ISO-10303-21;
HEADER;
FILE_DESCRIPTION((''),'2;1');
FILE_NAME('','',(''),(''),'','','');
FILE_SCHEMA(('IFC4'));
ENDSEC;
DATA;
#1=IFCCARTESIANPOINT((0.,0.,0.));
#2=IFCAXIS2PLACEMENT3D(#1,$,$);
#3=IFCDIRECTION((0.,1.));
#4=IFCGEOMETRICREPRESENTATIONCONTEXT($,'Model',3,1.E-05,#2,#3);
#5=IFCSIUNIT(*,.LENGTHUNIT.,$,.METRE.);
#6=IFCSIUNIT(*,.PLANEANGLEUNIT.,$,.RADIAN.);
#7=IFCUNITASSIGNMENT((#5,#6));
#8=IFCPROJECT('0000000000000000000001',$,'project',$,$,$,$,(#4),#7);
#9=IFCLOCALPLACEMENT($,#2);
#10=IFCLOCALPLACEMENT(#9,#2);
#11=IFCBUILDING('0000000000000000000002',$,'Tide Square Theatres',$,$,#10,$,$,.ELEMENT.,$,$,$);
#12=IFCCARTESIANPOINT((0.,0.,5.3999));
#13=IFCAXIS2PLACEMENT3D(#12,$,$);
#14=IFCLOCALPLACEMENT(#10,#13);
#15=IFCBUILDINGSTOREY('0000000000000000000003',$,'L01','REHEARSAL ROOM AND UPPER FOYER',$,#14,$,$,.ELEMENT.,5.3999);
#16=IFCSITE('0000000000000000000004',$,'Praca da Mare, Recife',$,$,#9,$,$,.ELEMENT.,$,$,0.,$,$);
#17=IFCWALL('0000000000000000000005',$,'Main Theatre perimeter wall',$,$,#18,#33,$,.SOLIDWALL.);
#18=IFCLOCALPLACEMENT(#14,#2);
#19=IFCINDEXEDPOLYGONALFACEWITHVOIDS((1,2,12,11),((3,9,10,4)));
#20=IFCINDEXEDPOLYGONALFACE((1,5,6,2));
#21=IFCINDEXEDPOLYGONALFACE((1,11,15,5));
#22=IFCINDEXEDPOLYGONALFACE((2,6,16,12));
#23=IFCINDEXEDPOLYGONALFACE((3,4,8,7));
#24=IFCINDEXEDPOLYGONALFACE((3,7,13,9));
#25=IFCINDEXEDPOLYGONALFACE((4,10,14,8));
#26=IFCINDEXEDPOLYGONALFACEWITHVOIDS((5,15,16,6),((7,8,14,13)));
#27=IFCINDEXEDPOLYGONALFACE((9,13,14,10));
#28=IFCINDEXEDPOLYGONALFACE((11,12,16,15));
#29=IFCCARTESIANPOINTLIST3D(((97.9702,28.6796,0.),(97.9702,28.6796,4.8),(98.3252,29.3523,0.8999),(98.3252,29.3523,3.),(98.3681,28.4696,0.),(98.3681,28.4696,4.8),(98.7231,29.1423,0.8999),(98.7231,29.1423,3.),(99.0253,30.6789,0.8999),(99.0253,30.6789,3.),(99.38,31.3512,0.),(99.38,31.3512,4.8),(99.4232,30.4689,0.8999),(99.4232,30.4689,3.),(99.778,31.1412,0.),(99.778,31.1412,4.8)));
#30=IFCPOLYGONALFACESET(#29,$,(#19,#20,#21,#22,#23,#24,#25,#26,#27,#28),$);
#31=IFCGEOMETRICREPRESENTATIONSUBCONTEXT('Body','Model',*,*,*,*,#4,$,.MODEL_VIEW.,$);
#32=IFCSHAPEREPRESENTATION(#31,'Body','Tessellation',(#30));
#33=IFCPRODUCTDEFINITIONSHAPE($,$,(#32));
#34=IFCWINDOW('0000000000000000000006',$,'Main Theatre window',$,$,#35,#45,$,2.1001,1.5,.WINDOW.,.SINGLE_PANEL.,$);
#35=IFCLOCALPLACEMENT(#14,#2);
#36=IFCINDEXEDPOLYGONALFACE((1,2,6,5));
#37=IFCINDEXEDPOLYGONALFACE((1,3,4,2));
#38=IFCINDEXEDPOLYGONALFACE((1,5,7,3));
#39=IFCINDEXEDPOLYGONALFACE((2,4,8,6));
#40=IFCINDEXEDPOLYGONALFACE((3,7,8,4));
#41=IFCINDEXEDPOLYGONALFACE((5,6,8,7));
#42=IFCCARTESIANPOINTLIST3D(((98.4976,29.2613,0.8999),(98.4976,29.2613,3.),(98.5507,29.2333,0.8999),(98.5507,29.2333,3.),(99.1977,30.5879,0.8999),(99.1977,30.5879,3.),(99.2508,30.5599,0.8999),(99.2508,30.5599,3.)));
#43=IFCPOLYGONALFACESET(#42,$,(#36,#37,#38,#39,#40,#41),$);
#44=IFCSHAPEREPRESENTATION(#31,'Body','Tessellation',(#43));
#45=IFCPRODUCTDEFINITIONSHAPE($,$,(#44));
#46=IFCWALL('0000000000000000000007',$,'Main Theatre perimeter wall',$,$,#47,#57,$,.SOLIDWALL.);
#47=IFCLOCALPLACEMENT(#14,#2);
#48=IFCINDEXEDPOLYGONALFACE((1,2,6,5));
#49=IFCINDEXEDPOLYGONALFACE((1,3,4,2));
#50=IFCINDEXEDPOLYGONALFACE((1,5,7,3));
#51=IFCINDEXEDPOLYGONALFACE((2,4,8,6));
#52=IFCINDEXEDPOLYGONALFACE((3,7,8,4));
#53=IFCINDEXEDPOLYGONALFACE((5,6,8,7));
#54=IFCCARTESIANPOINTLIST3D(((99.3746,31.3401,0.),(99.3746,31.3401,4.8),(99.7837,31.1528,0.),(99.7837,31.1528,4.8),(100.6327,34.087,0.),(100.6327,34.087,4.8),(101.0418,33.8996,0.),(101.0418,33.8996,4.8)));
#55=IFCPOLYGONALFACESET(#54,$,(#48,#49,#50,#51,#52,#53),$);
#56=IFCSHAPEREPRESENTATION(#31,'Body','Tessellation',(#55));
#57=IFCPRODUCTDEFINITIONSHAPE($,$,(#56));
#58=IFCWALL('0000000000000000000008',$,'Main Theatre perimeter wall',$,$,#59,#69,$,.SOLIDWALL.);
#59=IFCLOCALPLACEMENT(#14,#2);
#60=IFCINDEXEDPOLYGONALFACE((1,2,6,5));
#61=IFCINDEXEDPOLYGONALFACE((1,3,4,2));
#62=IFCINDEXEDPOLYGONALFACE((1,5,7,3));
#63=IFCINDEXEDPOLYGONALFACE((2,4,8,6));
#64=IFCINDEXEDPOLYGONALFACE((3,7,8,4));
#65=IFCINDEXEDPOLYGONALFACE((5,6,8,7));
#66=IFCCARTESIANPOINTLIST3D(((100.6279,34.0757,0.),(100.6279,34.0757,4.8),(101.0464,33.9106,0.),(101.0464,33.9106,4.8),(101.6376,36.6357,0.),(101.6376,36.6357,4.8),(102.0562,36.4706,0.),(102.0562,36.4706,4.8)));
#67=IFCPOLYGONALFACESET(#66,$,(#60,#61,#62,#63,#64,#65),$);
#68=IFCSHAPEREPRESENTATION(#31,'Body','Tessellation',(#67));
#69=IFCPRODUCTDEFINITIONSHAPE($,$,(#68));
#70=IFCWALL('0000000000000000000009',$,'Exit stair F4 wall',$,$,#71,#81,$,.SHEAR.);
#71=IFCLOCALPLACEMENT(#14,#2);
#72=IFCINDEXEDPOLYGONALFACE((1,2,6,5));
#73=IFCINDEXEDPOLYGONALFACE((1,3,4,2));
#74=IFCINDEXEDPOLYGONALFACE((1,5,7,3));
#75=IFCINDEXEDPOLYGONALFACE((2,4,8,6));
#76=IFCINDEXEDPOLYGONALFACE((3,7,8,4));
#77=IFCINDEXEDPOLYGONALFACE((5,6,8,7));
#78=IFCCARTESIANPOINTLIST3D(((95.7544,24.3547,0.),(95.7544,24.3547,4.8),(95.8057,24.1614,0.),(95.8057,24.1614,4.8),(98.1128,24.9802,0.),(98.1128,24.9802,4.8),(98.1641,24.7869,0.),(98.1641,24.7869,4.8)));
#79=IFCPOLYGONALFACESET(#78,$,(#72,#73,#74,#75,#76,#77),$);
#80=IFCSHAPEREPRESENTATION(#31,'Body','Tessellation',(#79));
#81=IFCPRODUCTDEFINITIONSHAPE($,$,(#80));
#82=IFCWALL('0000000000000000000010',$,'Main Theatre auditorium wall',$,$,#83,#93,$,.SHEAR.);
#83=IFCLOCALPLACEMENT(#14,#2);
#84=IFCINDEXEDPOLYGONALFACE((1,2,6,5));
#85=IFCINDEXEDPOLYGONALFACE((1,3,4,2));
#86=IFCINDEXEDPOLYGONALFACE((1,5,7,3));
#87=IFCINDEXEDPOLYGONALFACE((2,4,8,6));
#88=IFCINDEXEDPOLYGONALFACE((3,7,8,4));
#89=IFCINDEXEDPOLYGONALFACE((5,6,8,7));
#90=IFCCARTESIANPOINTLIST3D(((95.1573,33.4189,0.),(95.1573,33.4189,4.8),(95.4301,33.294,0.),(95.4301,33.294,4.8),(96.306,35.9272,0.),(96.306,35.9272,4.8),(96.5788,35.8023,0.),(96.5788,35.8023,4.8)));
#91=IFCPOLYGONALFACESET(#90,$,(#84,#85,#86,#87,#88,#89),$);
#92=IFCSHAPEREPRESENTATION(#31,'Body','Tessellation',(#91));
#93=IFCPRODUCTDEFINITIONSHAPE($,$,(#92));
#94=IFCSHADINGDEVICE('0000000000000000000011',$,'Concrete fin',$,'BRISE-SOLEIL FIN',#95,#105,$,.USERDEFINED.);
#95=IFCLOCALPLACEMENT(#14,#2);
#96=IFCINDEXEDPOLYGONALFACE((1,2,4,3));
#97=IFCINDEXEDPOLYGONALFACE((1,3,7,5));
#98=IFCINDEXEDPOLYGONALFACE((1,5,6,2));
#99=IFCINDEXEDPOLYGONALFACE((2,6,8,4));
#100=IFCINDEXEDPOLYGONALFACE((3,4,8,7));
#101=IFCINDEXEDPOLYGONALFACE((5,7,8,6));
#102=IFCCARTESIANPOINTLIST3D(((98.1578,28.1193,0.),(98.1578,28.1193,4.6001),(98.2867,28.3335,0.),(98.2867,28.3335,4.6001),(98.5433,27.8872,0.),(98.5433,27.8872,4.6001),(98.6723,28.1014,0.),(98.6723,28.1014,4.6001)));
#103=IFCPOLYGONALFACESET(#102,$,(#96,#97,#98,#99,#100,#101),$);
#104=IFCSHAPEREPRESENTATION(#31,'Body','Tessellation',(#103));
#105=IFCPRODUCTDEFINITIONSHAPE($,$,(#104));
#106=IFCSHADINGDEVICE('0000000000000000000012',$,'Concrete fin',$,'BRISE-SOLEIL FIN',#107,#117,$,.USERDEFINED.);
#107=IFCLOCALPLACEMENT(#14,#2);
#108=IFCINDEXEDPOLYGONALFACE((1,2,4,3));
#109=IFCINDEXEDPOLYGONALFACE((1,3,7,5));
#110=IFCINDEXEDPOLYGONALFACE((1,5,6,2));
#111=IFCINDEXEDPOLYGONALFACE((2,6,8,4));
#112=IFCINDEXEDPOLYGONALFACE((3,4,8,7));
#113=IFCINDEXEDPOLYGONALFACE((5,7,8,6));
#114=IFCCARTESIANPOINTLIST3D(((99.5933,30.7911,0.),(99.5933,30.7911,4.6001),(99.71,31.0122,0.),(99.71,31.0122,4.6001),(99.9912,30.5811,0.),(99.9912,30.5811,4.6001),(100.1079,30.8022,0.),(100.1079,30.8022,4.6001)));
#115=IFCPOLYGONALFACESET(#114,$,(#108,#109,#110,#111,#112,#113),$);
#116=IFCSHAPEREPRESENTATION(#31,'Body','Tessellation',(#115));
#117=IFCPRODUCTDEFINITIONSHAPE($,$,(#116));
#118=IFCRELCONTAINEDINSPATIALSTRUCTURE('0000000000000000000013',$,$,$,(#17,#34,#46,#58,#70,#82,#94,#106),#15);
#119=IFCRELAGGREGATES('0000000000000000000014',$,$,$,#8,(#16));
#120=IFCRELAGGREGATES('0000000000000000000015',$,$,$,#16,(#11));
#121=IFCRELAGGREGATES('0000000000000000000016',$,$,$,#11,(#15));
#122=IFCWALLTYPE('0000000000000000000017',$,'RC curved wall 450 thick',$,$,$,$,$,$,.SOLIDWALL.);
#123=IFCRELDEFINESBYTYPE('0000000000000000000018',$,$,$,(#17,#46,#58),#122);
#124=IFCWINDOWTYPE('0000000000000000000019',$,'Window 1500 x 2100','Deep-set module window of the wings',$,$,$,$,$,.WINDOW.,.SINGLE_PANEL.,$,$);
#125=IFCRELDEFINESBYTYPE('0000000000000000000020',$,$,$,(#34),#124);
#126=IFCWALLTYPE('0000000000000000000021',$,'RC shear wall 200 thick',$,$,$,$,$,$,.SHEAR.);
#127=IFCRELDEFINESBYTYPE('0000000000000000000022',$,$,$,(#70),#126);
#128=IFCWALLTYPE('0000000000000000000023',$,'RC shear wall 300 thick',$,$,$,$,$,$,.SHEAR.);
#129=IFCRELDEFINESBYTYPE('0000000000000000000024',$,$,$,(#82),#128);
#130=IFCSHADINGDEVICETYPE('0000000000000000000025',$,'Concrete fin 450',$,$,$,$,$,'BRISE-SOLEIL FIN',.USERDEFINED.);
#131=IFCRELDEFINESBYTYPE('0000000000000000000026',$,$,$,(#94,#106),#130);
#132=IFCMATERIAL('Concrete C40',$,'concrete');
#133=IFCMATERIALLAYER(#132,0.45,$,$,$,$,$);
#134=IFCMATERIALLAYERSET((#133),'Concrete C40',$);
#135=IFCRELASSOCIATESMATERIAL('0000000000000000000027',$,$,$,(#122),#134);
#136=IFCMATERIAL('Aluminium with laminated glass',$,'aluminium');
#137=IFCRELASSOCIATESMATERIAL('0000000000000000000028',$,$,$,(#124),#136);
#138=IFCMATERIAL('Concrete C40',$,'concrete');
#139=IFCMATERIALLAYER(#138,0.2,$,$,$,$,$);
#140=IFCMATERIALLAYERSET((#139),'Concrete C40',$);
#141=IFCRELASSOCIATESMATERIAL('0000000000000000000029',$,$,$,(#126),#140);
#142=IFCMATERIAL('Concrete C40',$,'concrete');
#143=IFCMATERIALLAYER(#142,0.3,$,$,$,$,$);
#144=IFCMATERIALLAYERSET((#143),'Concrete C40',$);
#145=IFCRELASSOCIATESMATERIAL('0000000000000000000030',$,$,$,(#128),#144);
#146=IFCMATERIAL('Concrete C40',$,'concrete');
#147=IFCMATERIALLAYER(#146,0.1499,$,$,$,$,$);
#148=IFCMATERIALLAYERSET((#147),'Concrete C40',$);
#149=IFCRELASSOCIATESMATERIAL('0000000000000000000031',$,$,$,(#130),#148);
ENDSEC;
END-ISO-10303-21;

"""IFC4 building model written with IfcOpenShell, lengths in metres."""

from ifc_helpers import new_model, si_unit, direction, frame, frame_2d, origin, origin_2d, place, context, subcontext, project, spatial, rectangle, extrude, material, layer, layer_set, type_object, element, fill, save


model = new_model("IFC4")

# Units and contexts
model_context = context("Model", 3, precision=1e-05, world=origin(), true_north=direction((0.0, 1.0)))
body_context = subcontext(model_context, "Body", "Model", "MODEL_VIEW")
ifc_project = project(units=[si_unit("LENGTHUNIT", "METRE"), si_unit("PLANEANGLEUNIT", "RADIAN")], contexts=[model_context])

# Site, building, storey
site_placement = place(None, origin())
site = spatial("IfcSite", under=ifc_project, at=site_placement, Name="Praca da Mare, Recife", CompositionType="ELEMENT", RefElevation=0.0)
building_placement = place(site_placement, origin())
building = spatial("IfcBuilding", under=site, at=building_placement, Name="Tide Square Theatres", CompositionType="ELEMENT")
storey_placement = place(building_placement, frame((0.0, 0.0, 5.3999)))
storey = spatial("IfcBuildingStorey", under=building, at=storey_placement, Name="L01", Description="REHEARSAL ROOM AND UPPER FOYER", CompositionType="ELEMENT", Elevation=5.3999)

# Wall, opening, window
ifc_material_1 = material(Name="Concrete C40", Category="concrete")
ifc_layer_1 = layer(ifc_material_1, 0.45)
ifc_layer_set_1 = layer_set([ifc_layer_1], Name="Concrete C40")
wall_type_1 = type_object("IfcWallType", Name="RC curved wall 450 thick", PredefinedType="SOLIDWALL", material=ifc_layer_set_1)
ifc_material_2 = material(Name="Aluminium with laminated glass", Category="aluminium")
window_type = type_object("IfcWindowType", Name="Window 1500 x 2100", Description="Deep-set module window of the wings", PartitioningType="SINGLE_PANEL", PredefinedType="WINDOW", material=ifc_material_2)
wall_1_placement = place(storey_placement, frame((98.1692, 28.5747, 0.0), z_axis=(0.0, 0.0, 1.0), x_axis=(0.466729, 0.884401, 0.0)))
wall_1 = element("IfcWall", 1, at=wall_1_placement, inside=storey, type_object=wall_type_1, Name="Main Theatre perimeter wall", PredefinedType="SOLIDWALL", context=body_context, shape_type="SweptSolid", body=[
    extrude(rectangle(XDim=3.0208, YDim=0.45, at=frame_2d((1.5103, 0.0))), origin(), (0.0, 0.0, 1.0), 4.8),
])
opening_1_placement = place(wall_1_placement, frame((0.7605, 0.0, 0.8999)))
opening_1 = element("IfcOpeningElement", 2, at=opening_1_placement, cuts=wall_1, PredefinedType="OPENING", context=body_context, shape_type="SweptSolid", body=[
    extrude(rectangle(XDim=1.5, YDim=2.1001, at=frame_2d((0.75, 1.05))), frame((0.0, 0.2349, 0.0), z_axis=(0.0, -1.0, 0.0), x_axis=(1.0, 0.0, 0.0)), (0.0, 0.0, 1.0), 0.47),
])
window_1_placement = place(opening_1_placement, origin())
window_1 = element("IfcWindow", 3, at=window_1_placement, inside=storey, type_object=window_type, Name="Main Theatre window", OverallHeight=2.1001, OverallWidth=1.5, PartitioningType="SINGLE_PANEL", PredefinedType="WINDOW", context=body_context, shape_type="SweptSolid", body=[
    extrude(rectangle(XDim=1.5, YDim=2.1001, at=frame_2d((0.75, 1.05))), frame((0.0, 0.03, 0.0), z_axis=(0.0, -1.0, 0.0), x_axis=(1.0, 0.0, 0.0)), (0.0, 0.0, 1.0), 0.0601),
])
fill(opening_1, window_1)

# Walls
wall_2_placement = place(storey_placement, frame((99.5791, 31.2463, 0.0), z_axis=(0.0, 0.0, 1.0), x_axis=(0.416407, 0.909178, 0.0)))
element("IfcWall", 4, at=wall_2_placement, inside=storey, type_object=wall_type_1, Name="Main Theatre perimeter wall", PredefinedType="SOLIDWALL", context=body_context, shape_type="SweptSolid", body=[
    extrude(rectangle(XDim=3.0212, YDim=0.45, at=frame_2d((1.5107, 0.0))), origin(), (0.0, 0.0, 1.0), 4.8),
])
wall_3_placement = place(storey_placement, frame((100.8372, 33.9932, 0.0), z_axis=(0.0, 0.0, 1.0), x_axis=(0.36692, 0.930252, 0.0)))
element("IfcWall", 5, at=wall_3_placement, inside=storey, type_object=wall_type_1, Name="Main Theatre perimeter wall", PredefinedType="SOLIDWALL", context=body_context, shape_type="SweptSolid", body=[
    extrude(rectangle(XDim=2.752, YDim=0.45, at=frame_2d((1.376, 0.0))), origin(), (0.0, 0.0, 1.0), 4.8),
])
ifc_material_3 = material(Name="Concrete C40", Category="concrete")
ifc_layer_2 = layer(ifc_material_3, 0.2)
ifc_layer_set_2 = layer_set([ifc_layer_2], Name="Concrete C40")
wall_type_2 = type_object("IfcWallType", Name="RC shear wall 200 thick", PredefinedType="SHEAR", material=ifc_layer_set_2)
wall_4_placement = place(storey_placement, frame((98.1384, 24.8835, 0.0), z_axis=(0.0, 0.0, 1.0), x_axis=(-0.966583, -0.256355, 0.0)))
element("IfcWall", 6, at=wall_4_placement, inside=storey, type_object=wall_type_2, Name="Exit stair F4 wall", PredefinedType="SHEAR", context=body_context, shape_type="SweptSolid", body=[
    extrude(rectangle(XDim=2.4399, YDim=0.2, at=frame_2d((1.22, 0.0))), origin(), (0.0, 0.0, 1.0), 4.8),
])
ifc_material_4 = material(Name="Concrete C40", Category="concrete")
ifc_layer_3 = layer(ifc_material_4, 0.3)
ifc_layer_set_3 = layer_set([ifc_layer_3], Name="Concrete C40")
wall_type_3 = type_object("IfcWallType", Name="RC shear wall 300 thick", PredefinedType="SHEAR", material=ifc_layer_set_3)
wall_5_placement = place(storey_placement, frame((95.2937, 33.3564, 0.0), z_axis=(0.0, 0.0, 1.0), x_axis=(0.416368, 0.909196, 0.0)))
element("IfcWall", 7, at=wall_5_placement, inside=storey, type_object=wall_type_3, Name="Main Theatre auditorium wall", PredefinedType="SHEAR", context=body_context, shape_type="SweptSolid", body=[
    extrude(rectangle(XDim=2.7588, YDim=0.3, at=frame_2d((1.3794, 0.0))), origin(), (0.0, 0.0, 1.0), 4.8),
])

# Shading devices
ifc_material_5 = material(Name="Concrete C40", Category="concrete")
ifc_layer_4 = layer(ifc_material_5, 0.1499)
ifc_layer_set_4 = layer_set([ifc_layer_4], Name="Concrete C40")
shading_device_type = type_object("IfcShadingDeviceType", Name="Concrete fin 450", ElementType="BRISE-SOLEIL FIN", PredefinedType="USERDEFINED", material=ifc_layer_set_4)
for number, where, z_axis, x_axis, name in (
    (8, (98.415, 28.1104, 0.0), (0.0, 0.0, 1.0), (0.515681, 0.856781, 0.0), "Concrete fin"),
    (9, (99.8506, 30.7966, 0.0), (0.0, 0.0, 1.0), (0.466757, 0.884386, 0.0), "Concrete fin"),
):
    element("IfcShadingDevice", number, at=place(storey_placement, frame(where, z_axis=z_axis, x_axis=x_axis)), inside=storey, type_object=shading_device_type, Name=name, ObjectType="BRISE-SOLEIL FIN", PredefinedType="USERDEFINED", context=body_context, shape_type="SweptSolid", body=[
        extrude(rectangle(XDim=0.25, YDim=0.45, at=origin_2d()), origin(), (0.0, 0.0, 1.0), 4.6001),
    ])

save(model, "model.ifc")
